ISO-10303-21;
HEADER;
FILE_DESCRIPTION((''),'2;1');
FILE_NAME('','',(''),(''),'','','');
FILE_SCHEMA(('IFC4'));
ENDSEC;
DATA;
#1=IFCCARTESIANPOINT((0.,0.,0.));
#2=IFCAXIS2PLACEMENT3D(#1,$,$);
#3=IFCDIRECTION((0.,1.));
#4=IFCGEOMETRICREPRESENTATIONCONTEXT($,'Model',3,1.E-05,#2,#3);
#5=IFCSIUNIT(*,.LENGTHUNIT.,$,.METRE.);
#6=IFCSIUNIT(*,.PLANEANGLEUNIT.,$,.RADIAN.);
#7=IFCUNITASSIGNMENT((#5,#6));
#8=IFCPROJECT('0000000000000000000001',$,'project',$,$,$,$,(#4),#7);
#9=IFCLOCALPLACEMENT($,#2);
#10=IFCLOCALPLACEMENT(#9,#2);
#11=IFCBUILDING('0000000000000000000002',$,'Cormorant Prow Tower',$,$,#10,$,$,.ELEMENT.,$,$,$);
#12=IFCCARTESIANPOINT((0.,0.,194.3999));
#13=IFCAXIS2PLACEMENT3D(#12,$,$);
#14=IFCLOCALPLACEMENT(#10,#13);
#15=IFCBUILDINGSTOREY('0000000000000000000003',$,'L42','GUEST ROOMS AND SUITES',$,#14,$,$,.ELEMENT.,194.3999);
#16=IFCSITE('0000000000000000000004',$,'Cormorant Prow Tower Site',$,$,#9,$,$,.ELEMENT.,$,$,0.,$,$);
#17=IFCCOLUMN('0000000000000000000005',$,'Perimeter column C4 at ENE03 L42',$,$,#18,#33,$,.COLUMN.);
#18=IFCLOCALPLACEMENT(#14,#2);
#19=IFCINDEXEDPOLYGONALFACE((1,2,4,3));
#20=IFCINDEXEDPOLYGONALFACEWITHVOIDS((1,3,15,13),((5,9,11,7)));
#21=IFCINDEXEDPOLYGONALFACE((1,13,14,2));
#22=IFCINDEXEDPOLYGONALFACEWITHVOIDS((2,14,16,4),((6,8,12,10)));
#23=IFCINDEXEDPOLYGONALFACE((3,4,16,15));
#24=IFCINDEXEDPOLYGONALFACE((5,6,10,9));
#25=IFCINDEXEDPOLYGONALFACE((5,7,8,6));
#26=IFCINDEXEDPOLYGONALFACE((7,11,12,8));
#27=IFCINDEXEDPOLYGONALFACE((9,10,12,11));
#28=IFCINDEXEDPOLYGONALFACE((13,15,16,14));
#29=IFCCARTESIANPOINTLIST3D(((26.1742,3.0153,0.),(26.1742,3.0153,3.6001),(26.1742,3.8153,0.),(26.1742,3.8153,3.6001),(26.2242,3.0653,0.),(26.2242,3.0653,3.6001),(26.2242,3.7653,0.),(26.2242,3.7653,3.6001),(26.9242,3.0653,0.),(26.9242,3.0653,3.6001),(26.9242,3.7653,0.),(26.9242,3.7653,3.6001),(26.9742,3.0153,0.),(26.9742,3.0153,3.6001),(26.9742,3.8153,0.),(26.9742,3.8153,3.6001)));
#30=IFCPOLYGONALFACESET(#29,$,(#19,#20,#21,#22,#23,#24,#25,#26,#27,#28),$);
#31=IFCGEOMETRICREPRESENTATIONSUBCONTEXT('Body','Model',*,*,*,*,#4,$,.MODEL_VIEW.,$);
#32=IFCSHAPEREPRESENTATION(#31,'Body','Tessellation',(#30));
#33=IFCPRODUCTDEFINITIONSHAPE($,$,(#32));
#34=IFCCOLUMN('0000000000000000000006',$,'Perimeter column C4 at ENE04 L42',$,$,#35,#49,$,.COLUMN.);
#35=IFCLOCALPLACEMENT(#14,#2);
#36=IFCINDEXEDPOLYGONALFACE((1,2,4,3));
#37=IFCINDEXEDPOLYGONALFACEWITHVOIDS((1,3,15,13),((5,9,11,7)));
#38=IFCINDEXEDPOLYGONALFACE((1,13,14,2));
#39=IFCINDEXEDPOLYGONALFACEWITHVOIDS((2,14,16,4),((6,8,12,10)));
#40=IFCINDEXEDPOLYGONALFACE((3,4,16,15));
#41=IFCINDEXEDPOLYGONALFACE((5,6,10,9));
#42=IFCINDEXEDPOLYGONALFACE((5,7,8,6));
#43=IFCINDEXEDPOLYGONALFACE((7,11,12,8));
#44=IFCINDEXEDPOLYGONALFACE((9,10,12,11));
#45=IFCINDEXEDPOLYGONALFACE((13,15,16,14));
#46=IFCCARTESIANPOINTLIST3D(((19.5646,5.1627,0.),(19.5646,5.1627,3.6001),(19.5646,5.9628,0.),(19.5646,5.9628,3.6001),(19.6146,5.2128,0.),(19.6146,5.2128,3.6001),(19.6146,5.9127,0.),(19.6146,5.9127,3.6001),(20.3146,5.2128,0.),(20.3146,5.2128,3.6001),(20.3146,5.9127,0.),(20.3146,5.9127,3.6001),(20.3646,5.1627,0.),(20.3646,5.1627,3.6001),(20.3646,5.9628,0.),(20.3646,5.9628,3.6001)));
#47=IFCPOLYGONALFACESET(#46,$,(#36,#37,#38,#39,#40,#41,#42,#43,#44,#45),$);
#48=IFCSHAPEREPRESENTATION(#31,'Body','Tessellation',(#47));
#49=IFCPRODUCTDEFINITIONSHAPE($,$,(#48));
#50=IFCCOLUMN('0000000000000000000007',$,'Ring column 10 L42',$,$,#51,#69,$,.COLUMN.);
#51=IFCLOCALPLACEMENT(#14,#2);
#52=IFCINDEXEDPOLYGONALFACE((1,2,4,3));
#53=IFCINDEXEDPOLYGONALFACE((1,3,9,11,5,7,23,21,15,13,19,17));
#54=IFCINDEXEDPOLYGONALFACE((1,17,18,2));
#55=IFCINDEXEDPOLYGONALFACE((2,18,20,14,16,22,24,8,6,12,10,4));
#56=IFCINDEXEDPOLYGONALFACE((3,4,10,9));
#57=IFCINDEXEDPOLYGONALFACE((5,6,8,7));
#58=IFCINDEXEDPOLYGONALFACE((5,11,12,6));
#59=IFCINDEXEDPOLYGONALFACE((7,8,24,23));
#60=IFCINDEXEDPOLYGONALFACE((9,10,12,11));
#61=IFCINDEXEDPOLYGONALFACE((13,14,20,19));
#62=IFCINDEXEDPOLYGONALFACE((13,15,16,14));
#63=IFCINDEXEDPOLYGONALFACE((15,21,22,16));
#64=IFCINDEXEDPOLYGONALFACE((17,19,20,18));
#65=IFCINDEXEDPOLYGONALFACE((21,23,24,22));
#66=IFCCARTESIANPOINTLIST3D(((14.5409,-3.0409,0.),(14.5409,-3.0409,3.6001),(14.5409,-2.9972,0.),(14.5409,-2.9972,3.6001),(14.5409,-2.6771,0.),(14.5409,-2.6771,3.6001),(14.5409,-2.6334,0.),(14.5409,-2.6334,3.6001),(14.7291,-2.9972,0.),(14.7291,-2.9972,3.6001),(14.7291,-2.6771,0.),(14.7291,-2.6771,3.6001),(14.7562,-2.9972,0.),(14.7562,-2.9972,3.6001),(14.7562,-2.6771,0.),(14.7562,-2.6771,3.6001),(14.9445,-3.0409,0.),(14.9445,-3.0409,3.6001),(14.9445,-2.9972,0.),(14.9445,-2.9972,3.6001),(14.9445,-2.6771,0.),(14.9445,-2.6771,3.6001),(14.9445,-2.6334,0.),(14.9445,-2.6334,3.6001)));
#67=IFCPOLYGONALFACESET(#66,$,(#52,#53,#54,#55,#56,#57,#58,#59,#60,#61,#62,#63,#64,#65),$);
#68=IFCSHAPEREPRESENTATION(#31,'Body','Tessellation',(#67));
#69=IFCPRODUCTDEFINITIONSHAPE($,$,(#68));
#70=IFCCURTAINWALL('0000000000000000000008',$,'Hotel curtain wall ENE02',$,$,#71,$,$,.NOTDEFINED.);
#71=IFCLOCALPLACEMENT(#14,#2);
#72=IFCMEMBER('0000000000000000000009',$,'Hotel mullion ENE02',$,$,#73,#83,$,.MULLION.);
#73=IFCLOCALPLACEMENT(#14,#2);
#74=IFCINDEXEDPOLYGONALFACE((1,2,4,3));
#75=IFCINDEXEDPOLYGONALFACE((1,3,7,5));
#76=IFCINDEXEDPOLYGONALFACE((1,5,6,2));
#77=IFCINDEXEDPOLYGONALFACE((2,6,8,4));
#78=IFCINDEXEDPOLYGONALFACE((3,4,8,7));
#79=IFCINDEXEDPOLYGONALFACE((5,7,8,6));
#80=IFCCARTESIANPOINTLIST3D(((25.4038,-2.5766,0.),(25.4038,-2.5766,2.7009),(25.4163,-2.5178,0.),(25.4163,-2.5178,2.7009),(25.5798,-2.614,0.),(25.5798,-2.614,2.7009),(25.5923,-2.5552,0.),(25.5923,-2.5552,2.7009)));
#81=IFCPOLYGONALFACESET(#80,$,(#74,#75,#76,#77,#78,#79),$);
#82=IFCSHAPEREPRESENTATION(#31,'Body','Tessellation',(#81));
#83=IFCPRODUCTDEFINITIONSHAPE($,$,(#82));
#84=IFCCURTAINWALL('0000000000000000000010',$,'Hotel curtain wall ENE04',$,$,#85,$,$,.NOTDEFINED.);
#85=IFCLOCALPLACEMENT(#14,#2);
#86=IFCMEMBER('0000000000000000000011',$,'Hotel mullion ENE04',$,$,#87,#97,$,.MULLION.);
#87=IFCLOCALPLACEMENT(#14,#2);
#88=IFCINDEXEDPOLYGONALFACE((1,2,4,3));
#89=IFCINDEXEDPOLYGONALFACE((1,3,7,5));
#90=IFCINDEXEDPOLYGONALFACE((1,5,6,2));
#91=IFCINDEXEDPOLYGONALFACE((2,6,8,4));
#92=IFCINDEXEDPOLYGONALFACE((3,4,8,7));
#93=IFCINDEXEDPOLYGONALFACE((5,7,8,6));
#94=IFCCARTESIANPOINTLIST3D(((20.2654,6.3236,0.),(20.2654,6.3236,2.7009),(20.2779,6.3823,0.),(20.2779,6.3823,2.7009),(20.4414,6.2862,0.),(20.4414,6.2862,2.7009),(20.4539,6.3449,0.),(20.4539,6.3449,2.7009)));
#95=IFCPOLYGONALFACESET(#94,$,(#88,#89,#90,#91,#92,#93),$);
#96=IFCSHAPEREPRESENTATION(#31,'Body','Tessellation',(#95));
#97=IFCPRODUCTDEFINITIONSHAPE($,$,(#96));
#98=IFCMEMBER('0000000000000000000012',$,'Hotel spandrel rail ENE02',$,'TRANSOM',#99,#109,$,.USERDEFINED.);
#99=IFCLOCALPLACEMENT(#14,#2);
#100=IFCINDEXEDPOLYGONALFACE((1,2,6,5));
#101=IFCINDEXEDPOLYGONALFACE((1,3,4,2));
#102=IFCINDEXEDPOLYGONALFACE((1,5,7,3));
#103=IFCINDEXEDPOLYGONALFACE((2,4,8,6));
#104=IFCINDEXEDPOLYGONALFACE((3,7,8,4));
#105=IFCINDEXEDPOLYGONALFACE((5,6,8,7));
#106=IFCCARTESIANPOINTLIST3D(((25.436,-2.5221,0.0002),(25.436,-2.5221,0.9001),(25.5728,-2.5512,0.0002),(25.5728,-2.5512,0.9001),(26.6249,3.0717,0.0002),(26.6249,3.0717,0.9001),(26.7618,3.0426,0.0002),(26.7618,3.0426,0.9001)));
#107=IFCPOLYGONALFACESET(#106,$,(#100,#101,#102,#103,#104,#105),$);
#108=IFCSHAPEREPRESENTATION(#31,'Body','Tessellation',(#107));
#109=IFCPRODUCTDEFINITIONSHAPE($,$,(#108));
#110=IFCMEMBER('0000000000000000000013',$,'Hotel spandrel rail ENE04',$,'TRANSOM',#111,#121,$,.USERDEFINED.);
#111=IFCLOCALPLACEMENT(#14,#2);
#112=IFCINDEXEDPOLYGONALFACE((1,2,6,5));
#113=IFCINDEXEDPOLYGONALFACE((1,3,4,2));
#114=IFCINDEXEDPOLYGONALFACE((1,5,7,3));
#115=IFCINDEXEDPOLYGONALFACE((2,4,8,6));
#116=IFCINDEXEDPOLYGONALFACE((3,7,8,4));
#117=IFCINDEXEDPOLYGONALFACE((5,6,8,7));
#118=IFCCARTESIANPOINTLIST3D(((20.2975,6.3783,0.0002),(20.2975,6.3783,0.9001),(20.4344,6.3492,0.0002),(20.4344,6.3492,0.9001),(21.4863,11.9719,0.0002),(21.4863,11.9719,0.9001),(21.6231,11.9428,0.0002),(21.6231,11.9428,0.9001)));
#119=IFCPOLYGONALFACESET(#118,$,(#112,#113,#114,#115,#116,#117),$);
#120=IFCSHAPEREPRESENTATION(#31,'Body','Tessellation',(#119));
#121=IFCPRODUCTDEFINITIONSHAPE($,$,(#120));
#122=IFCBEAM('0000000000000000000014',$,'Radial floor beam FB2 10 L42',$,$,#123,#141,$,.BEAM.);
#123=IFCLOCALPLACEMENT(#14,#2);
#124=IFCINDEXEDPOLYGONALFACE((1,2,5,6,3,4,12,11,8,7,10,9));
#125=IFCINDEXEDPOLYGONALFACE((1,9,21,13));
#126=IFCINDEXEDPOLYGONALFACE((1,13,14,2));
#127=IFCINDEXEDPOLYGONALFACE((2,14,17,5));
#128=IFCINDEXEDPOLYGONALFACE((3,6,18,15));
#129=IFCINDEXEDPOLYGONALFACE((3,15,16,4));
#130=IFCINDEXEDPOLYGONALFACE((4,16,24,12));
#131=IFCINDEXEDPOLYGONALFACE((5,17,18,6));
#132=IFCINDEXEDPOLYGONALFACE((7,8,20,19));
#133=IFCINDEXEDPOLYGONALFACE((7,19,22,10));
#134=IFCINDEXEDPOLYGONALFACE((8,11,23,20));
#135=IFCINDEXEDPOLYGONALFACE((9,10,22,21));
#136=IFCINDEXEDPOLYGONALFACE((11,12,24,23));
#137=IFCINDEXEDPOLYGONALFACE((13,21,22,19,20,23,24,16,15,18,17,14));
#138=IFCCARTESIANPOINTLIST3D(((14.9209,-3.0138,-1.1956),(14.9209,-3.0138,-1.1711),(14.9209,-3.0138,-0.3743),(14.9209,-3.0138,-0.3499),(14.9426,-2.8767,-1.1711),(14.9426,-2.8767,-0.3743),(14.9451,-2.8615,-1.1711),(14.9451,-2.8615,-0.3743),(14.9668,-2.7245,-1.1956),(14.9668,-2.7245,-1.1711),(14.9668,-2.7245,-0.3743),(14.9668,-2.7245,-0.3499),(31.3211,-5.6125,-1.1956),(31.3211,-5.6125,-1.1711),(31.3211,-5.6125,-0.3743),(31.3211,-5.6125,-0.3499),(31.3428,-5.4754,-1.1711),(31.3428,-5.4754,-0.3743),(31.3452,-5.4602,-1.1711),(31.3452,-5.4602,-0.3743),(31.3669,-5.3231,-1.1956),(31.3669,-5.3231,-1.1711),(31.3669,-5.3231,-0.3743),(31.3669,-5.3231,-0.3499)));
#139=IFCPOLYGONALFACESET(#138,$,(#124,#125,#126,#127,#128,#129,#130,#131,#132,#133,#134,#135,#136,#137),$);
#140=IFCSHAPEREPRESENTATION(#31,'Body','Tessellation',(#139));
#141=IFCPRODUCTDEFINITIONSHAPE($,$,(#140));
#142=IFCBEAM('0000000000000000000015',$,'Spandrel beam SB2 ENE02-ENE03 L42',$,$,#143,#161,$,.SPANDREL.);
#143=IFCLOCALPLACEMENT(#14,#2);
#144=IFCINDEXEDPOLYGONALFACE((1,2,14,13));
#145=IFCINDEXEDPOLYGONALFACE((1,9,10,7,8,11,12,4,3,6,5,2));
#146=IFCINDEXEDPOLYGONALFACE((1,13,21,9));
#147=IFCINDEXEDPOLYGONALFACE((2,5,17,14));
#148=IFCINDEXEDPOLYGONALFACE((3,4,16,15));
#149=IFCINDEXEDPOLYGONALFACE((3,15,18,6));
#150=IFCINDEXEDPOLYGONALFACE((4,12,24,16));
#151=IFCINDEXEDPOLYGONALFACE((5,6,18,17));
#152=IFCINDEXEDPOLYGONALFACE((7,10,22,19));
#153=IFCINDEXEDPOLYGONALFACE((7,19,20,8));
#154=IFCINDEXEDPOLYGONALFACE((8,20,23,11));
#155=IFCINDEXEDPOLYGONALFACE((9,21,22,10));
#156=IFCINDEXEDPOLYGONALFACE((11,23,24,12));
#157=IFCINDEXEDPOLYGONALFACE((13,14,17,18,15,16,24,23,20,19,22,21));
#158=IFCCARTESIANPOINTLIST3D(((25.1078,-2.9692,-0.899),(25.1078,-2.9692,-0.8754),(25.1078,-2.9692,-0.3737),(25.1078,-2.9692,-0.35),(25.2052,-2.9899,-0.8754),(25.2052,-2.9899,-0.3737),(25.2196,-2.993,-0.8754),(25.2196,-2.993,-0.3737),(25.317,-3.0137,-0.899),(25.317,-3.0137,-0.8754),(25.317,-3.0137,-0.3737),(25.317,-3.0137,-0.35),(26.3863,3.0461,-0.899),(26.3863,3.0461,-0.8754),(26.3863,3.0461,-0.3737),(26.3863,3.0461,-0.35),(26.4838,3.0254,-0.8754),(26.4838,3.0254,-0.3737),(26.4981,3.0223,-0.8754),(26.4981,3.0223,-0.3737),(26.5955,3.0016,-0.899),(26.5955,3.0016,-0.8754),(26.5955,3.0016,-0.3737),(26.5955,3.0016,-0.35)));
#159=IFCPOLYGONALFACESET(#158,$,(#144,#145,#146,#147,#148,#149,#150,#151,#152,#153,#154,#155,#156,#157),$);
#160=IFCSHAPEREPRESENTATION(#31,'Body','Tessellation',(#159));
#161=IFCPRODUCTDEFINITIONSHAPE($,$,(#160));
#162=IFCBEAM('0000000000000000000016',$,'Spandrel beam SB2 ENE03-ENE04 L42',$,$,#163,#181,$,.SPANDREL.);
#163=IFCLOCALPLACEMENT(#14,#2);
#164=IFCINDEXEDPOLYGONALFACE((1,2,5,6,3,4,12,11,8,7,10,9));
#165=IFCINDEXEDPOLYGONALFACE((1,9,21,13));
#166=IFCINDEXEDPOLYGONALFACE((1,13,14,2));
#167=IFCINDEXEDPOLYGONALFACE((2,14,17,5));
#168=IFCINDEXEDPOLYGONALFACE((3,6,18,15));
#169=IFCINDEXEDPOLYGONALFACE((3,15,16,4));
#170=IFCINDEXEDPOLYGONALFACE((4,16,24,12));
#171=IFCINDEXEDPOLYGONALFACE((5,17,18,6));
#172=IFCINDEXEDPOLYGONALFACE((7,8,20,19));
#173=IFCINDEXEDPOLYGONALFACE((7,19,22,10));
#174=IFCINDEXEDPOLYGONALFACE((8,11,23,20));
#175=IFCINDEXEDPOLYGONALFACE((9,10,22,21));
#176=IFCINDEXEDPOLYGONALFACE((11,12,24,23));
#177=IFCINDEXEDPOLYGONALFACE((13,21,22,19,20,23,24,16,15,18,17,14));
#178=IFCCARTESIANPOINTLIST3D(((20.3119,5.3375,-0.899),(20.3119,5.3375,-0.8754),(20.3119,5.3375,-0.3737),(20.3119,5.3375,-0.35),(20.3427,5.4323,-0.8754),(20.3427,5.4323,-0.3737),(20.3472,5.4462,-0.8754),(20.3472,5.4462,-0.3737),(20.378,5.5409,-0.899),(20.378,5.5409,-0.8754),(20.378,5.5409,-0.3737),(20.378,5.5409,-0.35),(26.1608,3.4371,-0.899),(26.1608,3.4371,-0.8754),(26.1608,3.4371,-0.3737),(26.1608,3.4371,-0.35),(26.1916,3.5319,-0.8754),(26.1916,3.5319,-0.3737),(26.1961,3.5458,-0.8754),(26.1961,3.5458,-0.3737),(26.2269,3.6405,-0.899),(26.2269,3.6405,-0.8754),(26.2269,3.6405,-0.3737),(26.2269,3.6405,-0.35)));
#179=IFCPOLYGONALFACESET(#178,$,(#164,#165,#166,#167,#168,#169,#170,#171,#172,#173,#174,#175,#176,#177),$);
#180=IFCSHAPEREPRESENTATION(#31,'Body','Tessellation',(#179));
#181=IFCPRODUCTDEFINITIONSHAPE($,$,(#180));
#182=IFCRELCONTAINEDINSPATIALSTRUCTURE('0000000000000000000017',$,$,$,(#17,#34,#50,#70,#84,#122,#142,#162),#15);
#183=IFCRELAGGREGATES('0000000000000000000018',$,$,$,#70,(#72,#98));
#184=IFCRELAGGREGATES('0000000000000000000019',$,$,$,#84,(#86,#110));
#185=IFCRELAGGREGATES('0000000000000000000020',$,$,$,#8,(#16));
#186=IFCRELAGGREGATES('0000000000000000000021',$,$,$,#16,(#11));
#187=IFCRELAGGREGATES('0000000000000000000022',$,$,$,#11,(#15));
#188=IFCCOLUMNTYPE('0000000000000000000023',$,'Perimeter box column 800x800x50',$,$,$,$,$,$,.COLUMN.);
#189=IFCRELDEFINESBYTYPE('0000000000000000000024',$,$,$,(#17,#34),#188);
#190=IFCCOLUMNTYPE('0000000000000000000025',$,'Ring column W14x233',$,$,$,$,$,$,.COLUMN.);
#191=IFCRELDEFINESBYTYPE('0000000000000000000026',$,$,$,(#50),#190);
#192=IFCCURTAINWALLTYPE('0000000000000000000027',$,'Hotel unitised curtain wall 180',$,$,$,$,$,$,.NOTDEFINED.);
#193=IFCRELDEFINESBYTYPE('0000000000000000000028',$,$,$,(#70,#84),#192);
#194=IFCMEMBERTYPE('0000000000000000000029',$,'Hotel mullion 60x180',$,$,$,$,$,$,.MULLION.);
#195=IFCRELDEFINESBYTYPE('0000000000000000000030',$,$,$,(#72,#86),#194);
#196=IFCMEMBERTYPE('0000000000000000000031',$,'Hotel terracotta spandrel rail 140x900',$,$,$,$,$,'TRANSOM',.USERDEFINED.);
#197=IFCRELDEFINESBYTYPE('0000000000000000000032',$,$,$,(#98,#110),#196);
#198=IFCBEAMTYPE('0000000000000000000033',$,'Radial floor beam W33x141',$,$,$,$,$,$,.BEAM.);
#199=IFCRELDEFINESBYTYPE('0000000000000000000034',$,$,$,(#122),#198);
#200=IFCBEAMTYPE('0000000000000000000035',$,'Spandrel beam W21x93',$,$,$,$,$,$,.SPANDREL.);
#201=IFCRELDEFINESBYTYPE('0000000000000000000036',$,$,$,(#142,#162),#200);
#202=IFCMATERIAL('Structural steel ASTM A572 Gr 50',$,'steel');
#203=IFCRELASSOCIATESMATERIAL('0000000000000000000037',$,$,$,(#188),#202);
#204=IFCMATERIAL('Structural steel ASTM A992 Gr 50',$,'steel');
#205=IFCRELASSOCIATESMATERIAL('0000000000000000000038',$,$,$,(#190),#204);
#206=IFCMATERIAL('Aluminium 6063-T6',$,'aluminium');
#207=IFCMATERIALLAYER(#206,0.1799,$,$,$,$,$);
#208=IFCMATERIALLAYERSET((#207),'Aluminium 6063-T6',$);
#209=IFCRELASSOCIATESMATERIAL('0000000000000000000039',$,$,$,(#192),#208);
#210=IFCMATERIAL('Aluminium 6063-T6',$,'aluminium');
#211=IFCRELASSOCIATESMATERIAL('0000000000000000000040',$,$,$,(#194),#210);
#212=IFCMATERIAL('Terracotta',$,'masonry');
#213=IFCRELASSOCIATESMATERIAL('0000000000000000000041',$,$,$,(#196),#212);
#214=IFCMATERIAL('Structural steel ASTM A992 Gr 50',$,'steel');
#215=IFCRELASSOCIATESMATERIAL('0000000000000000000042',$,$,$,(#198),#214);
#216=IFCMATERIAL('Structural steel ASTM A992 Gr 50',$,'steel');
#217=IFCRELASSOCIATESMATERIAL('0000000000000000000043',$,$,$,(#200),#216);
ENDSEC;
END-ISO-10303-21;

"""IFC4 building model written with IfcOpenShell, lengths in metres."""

from ifc_helpers import new_model, si_unit, direction, frame, origin, origin_2d, place, context, subcontext, project, spatial, rectangle, hollow_rectangle, i_section, extrude, material, layer, layer_set, material_profile, profile_set, type_object, element, aggregate, save


model = new_model("IFC4")

# Units and contexts
model_context = context("Model", 3, precision=1e-05, world=origin(), true_north=direction((0.0, 1.0)))
body_context = subcontext(model_context, "Body", "Model", "MODEL_VIEW")
ifc_project = project(units=[si_unit("LENGTHUNIT", "METRE"), si_unit("PLANEANGLEUNIT", "RADIAN")], contexts=[model_context])

# Site, building, storey
site_placement = place(None, origin())
site = spatial("IfcSite", under=ifc_project, at=site_placement, Name="Cormorant Prow Tower Site", CompositionType="ELEMENT", RefElevation=0.0)
building_placement = place(site_placement, origin())
building = spatial("IfcBuilding", under=site, at=building_placement, Name="Cormorant Prow Tower", CompositionType="ELEMENT")
storey_placement = place(building_placement, frame((0.0, 0.0, 194.3999)))
storey = spatial("IfcBuildingStorey", under=building, at=storey_placement, Name="L42", Description="GUEST ROOMS AND SUITES", CompositionType="ELEMENT", Elevation=194.3999)

# Columns
ifc_material_1 = material(Name="Structural steel ASTM A572 Gr 50", Category="steel")
ifc_material_profile_1 = material_profile(ifc_material_1, hollow_rectangle(XDim=0.8, YDim=0.8, WallThickness=0.05, at=origin_2d()), Name="Box 800x800x50")
ifc_profile_set_1 = profile_set([ifc_material_profile_1], Name="Structural steel ASTM A572 Gr 50")
column_type_1 = type_object("IfcColumnType", Name="Perimeter box column 800x800x50", PredefinedType="COLUMN", material=ifc_profile_set_1)
for number, where, z_axis, x_axis, name in (
    (1, (26.5742, 3.4153, 0.0), (0.0, 0.0, 1.0), (1.0, 0.0, 0.0), "Perimeter column C4 at ENE03 L42"),
    (2, (19.9646, 5.5627, 0.0), (0.0, 0.0, 1.0), (1.0, 0.0, 0.0), "Perimeter column C4 at ENE04 L42"),
):
    element("IfcColumn", number, at=place(storey_placement, frame(where, z_axis=z_axis, x_axis=x_axis)), inside=storey, type_object=column_type_1, Name=name, PredefinedType="COLUMN", context=body_context, shape_type="SweptSolid", body=[
        extrude(hollow_rectangle(XDim=0.8, YDim=0.8, WallThickness=0.05, at=origin_2d()), origin(), (0.0, 0.0, 1.0), 3.6001),
    ])
ifc_material_2 = material(Name="Structural steel ASTM A992 Gr 50", Category="steel")
ifc_material_profile_2 = material_profile(ifc_material_2, i_section(OverallWidth=0.4036, OverallDepth=0.4075, WebThickness=0.0271, FlangeThickness=0.0437, at=origin_2d()), Name="W14x233")
ifc_profile_set_2 = profile_set([ifc_material_profile_2], Name="Structural steel ASTM A992 Gr 50")
column_type_2 = type_object("IfcColumnType", Name="Ring column W14x233", PredefinedType="COLUMN", material=ifc_profile_set_2)
column_placement = place(storey_placement, frame((14.7427, -2.8372, 0.0), z_axis=(0.0, 0.0, 1.0), x_axis=(1.0, 0.0, 0.0)))
element("IfcColumn", 3, at=column_placement, inside=storey, type_object=column_type_2, Name="Ring column 10 L42", PredefinedType="COLUMN", context=body_context, shape_type="SweptSolid", body=[
    extrude(i_section(OverallWidth=0.4036, OverallDepth=0.4075, WebThickness=0.0271, FlangeThickness=0.0437, at=origin_2d()), origin(), (0.0, 0.0, 1.0), 3.6001),
])

# Curtain walls, members
ifc_material_3 = material(Name="Aluminium 6063-T6", Category="aluminium")
ifc_layer_1 = layer(ifc_material_3, 0.1799)
ifc_layer_set_1 = layer_set([ifc_layer_1], Name="Aluminium 6063-T6")
curtain_wall_type = type_object("IfcCurtainWallType", Name="Hotel unitised curtain wall 180", PredefinedType="NOTDEFINED", material=ifc_layer_set_1)
curtain_wall_1_placement = place(storey_placement, origin())
curtain_wall_1 = element("IfcCurtainWall", 4, at=curtain_wall_1_placement, inside=storey, type_object=curtain_wall_type, Name="Hotel curtain wall ENE02", PredefinedType="NOTDEFINED")
ifc_material_4 = material(Name="Aluminium 6063-T6", Category="aluminium")
ifc_material_profile_3 = material_profile(ifc_material_4, rectangle(XDim=0.1799, YDim=0.0601, at=origin_2d()), Name="Hotel mullion 60x180")
ifc_profile_set_3 = profile_set([ifc_material_profile_3], Name="Aluminium 6063-T6")
member_type_1 = type_object("IfcMemberType", Name="Hotel mullion 60x180", PredefinedType="MULLION", material=ifc_profile_set_3)
member_1_placement = place(storey_placement, frame((25.498, -2.5659, 0.0), z_axis=(0.0, 0.0, 1.0), x_axis=(-0.978148, 0.207912, 0.0)))
member_1 = element("IfcMember", 5, at=member_1_placement, type_object=member_type_1, Name="Hotel mullion ENE02", PredefinedType="MULLION", context=body_context, shape_type="SweptSolid", body=[
    extrude(rectangle(XDim=0.1799, YDim=0.0601, at=origin_2d()), origin(), (0.0, 0.0, 1.0), 2.7009),
])
curtain_wall_2_placement = place(storey_placement, origin())
curtain_wall_2 = element("IfcCurtainWall", 6, at=curtain_wall_2_placement, inside=storey, type_object=curtain_wall_type, Name="Hotel curtain wall ENE04", PredefinedType="NOTDEFINED")
member_2_placement = place(storey_placement, frame((20.3596, 6.3342, 0.0), z_axis=(0.0, 0.0, 1.0), x_axis=(-0.978148, 0.207912, 0.0)))
member_2 = element("IfcMember", 7, at=member_2_placement, type_object=member_type_1, Name="Hotel mullion ENE04", PredefinedType="MULLION", context=body_context, shape_type="SweptSolid", body=[
    extrude(rectangle(XDim=0.1799, YDim=0.0601, at=origin_2d()), origin(), (0.0, 0.0, 1.0), 2.7009),
])

# Members
ifc_material_5 = material(Name="Terracotta", Category="masonry")
ifc_material_profile_4 = material_profile(ifc_material_5, rectangle(XDim=0.1399, YDim=0.8999, at=origin_2d()), Name="Hotel terracotta spandrel rail 140x900")
ifc_profile_set_4 = profile_set([ifc_material_profile_4], Name="Terracotta")
member_type_2 = type_object("IfcMemberType", Name="Hotel terracotta spandrel rail 140x900", ElementType="TRANSOM", PredefinedType="USERDEFINED", material=ifc_profile_set_4)
member_3_placement = place(storey_placement, frame((25.5044, -2.5366, 0.4502), z_axis=(0.207908, 0.978148, 0.0), x_axis=(-0.978148, 0.207908, 0.0)))
member_3 = element("IfcMember", 8, at=member_3_placement, type_object=member_type_2, Name="Hotel spandrel rail ENE02", ObjectType="TRANSOM", PredefinedType="USERDEFINED", context=body_context, shape_type="SweptSolid", body=[
    extrude(rectangle(XDim=0.1399, YDim=0.8999, at=origin_2d()), origin(), (0.0, 0.0, 1.0), 5.7188),
])
member_4_placement = place(storey_placement, frame((20.366, 6.3638, 0.4502), z_axis=(0.207876, 0.978155, 0.0), x_axis=(-0.978155, 0.207876, 0.0)))
member_4 = element("IfcMember", 9, at=member_4_placement, type_object=member_type_2, Name="Hotel spandrel rail ENE04", ObjectType="TRANSOM", PredefinedType="USERDEFINED", context=body_context, shape_type="SweptSolid", body=[
    extrude(rectangle(XDim=0.1399, YDim=0.8999, at=origin_2d()), origin(), (0.0, 0.0, 1.0), 5.7185),
])

# Beams
ifc_material_6 = material(Name="Structural steel ASTM A992 Gr 50", Category="steel")
ifc_material_profile_5 = material_profile(ifc_material_6, i_section(OverallWidth=0.293, OverallDepth=0.8457, WebThickness=0.0154, FlangeThickness=0.0244, at=origin_2d()), Name="W33x141")
ifc_profile_set_5 = profile_set([ifc_material_profile_5], Name="Structural steel ASTM A992 Gr 50")
beam_type_1 = type_object("IfcBeamType", Name="Radial floor beam W33x141", PredefinedType="BEAM", material=ifc_profile_set_5)
beam_1_placement = place(storey_placement, frame((14.9438, -2.8691, -0.7727), z_axis=(0.987678, -0.156499, 0.0), x_axis=(0.156499, 0.987678, 0.0)))
element("IfcBeam", 10, at=beam_1_placement, inside=storey, type_object=beam_type_1, Name="Radial floor beam FB2 10 L42", PredefinedType="BEAM", context=body_context, shape_type="SweptSolid", body=[
    extrude(i_section(OverallWidth=0.293, OverallDepth=0.8457, WebThickness=0.0154, FlangeThickness=0.0244, at=origin_2d()), origin(), (0.0, 0.0, 1.0), 16.6047),
])
ifc_material_7 = material(Name="Structural steel ASTM A992 Gr 50", Category="steel")
ifc_material_profile_6 = material_profile(ifc_material_7, i_section(OverallWidth=0.2139, OverallDepth=0.5491, WebThickness=0.0146, FlangeThickness=0.0237, at=origin_2d()), Name="W21x93")
ifc_profile_set_6 = profile_set([ifc_material_profile_6], Name="Structural steel ASTM A992 Gr 50")
beam_type_2 = type_object("IfcBeamType", Name="Spandrel beam W21x93", PredefinedType="SPANDREL", material=ifc_profile_set_6)
beam_2_placement = place(storey_placement, frame((25.2124, -2.9915, -0.6245), z_axis=(0.207905, 0.978149, 0.0), x_axis=(-0.978149, 0.207905, 0.0)))
element("IfcBeam", 11, at=beam_2_placement, inside=storey, type_object=beam_type_2, Name="Spandrel beam SB2 ENE02-ENE03 L42", PredefinedType="SPANDREL", context=body_context, shape_type="SweptSolid", body=[
    extrude(i_section(OverallWidth=0.2139, OverallDepth=0.5491, WebThickness=0.0146, FlangeThickness=0.0237, at=origin_2d()), origin(), (0.0, 0.0, 1.0), 6.1497),
])
beam_3_placement = place(storey_placement, frame((26.1938, 3.5388, -0.6245), z_axis=(-0.951058, 0.309013, 0.0), x_axis=(-0.309013, -0.951058, 0.0)))
element("IfcBeam", 12, at=beam_3_placement, inside=storey, type_object=beam_type_2, Name="Spandrel beam SB2 ENE03-ENE04 L42", PredefinedType="SPANDREL", context=body_context, shape_type="SweptSolid", body=[
    extrude(i_section(OverallWidth=0.2139, OverallDepth=0.5491, WebThickness=0.0146, FlangeThickness=0.0237, at=origin_2d()), origin(), (0.0, 0.0, 1.0), 6.1499),
])

aggregate(curtain_wall_1, [member_1, member_3])
aggregate(curtain_wall_2, [member_2, member_4])

save(model, "model.ifc")
